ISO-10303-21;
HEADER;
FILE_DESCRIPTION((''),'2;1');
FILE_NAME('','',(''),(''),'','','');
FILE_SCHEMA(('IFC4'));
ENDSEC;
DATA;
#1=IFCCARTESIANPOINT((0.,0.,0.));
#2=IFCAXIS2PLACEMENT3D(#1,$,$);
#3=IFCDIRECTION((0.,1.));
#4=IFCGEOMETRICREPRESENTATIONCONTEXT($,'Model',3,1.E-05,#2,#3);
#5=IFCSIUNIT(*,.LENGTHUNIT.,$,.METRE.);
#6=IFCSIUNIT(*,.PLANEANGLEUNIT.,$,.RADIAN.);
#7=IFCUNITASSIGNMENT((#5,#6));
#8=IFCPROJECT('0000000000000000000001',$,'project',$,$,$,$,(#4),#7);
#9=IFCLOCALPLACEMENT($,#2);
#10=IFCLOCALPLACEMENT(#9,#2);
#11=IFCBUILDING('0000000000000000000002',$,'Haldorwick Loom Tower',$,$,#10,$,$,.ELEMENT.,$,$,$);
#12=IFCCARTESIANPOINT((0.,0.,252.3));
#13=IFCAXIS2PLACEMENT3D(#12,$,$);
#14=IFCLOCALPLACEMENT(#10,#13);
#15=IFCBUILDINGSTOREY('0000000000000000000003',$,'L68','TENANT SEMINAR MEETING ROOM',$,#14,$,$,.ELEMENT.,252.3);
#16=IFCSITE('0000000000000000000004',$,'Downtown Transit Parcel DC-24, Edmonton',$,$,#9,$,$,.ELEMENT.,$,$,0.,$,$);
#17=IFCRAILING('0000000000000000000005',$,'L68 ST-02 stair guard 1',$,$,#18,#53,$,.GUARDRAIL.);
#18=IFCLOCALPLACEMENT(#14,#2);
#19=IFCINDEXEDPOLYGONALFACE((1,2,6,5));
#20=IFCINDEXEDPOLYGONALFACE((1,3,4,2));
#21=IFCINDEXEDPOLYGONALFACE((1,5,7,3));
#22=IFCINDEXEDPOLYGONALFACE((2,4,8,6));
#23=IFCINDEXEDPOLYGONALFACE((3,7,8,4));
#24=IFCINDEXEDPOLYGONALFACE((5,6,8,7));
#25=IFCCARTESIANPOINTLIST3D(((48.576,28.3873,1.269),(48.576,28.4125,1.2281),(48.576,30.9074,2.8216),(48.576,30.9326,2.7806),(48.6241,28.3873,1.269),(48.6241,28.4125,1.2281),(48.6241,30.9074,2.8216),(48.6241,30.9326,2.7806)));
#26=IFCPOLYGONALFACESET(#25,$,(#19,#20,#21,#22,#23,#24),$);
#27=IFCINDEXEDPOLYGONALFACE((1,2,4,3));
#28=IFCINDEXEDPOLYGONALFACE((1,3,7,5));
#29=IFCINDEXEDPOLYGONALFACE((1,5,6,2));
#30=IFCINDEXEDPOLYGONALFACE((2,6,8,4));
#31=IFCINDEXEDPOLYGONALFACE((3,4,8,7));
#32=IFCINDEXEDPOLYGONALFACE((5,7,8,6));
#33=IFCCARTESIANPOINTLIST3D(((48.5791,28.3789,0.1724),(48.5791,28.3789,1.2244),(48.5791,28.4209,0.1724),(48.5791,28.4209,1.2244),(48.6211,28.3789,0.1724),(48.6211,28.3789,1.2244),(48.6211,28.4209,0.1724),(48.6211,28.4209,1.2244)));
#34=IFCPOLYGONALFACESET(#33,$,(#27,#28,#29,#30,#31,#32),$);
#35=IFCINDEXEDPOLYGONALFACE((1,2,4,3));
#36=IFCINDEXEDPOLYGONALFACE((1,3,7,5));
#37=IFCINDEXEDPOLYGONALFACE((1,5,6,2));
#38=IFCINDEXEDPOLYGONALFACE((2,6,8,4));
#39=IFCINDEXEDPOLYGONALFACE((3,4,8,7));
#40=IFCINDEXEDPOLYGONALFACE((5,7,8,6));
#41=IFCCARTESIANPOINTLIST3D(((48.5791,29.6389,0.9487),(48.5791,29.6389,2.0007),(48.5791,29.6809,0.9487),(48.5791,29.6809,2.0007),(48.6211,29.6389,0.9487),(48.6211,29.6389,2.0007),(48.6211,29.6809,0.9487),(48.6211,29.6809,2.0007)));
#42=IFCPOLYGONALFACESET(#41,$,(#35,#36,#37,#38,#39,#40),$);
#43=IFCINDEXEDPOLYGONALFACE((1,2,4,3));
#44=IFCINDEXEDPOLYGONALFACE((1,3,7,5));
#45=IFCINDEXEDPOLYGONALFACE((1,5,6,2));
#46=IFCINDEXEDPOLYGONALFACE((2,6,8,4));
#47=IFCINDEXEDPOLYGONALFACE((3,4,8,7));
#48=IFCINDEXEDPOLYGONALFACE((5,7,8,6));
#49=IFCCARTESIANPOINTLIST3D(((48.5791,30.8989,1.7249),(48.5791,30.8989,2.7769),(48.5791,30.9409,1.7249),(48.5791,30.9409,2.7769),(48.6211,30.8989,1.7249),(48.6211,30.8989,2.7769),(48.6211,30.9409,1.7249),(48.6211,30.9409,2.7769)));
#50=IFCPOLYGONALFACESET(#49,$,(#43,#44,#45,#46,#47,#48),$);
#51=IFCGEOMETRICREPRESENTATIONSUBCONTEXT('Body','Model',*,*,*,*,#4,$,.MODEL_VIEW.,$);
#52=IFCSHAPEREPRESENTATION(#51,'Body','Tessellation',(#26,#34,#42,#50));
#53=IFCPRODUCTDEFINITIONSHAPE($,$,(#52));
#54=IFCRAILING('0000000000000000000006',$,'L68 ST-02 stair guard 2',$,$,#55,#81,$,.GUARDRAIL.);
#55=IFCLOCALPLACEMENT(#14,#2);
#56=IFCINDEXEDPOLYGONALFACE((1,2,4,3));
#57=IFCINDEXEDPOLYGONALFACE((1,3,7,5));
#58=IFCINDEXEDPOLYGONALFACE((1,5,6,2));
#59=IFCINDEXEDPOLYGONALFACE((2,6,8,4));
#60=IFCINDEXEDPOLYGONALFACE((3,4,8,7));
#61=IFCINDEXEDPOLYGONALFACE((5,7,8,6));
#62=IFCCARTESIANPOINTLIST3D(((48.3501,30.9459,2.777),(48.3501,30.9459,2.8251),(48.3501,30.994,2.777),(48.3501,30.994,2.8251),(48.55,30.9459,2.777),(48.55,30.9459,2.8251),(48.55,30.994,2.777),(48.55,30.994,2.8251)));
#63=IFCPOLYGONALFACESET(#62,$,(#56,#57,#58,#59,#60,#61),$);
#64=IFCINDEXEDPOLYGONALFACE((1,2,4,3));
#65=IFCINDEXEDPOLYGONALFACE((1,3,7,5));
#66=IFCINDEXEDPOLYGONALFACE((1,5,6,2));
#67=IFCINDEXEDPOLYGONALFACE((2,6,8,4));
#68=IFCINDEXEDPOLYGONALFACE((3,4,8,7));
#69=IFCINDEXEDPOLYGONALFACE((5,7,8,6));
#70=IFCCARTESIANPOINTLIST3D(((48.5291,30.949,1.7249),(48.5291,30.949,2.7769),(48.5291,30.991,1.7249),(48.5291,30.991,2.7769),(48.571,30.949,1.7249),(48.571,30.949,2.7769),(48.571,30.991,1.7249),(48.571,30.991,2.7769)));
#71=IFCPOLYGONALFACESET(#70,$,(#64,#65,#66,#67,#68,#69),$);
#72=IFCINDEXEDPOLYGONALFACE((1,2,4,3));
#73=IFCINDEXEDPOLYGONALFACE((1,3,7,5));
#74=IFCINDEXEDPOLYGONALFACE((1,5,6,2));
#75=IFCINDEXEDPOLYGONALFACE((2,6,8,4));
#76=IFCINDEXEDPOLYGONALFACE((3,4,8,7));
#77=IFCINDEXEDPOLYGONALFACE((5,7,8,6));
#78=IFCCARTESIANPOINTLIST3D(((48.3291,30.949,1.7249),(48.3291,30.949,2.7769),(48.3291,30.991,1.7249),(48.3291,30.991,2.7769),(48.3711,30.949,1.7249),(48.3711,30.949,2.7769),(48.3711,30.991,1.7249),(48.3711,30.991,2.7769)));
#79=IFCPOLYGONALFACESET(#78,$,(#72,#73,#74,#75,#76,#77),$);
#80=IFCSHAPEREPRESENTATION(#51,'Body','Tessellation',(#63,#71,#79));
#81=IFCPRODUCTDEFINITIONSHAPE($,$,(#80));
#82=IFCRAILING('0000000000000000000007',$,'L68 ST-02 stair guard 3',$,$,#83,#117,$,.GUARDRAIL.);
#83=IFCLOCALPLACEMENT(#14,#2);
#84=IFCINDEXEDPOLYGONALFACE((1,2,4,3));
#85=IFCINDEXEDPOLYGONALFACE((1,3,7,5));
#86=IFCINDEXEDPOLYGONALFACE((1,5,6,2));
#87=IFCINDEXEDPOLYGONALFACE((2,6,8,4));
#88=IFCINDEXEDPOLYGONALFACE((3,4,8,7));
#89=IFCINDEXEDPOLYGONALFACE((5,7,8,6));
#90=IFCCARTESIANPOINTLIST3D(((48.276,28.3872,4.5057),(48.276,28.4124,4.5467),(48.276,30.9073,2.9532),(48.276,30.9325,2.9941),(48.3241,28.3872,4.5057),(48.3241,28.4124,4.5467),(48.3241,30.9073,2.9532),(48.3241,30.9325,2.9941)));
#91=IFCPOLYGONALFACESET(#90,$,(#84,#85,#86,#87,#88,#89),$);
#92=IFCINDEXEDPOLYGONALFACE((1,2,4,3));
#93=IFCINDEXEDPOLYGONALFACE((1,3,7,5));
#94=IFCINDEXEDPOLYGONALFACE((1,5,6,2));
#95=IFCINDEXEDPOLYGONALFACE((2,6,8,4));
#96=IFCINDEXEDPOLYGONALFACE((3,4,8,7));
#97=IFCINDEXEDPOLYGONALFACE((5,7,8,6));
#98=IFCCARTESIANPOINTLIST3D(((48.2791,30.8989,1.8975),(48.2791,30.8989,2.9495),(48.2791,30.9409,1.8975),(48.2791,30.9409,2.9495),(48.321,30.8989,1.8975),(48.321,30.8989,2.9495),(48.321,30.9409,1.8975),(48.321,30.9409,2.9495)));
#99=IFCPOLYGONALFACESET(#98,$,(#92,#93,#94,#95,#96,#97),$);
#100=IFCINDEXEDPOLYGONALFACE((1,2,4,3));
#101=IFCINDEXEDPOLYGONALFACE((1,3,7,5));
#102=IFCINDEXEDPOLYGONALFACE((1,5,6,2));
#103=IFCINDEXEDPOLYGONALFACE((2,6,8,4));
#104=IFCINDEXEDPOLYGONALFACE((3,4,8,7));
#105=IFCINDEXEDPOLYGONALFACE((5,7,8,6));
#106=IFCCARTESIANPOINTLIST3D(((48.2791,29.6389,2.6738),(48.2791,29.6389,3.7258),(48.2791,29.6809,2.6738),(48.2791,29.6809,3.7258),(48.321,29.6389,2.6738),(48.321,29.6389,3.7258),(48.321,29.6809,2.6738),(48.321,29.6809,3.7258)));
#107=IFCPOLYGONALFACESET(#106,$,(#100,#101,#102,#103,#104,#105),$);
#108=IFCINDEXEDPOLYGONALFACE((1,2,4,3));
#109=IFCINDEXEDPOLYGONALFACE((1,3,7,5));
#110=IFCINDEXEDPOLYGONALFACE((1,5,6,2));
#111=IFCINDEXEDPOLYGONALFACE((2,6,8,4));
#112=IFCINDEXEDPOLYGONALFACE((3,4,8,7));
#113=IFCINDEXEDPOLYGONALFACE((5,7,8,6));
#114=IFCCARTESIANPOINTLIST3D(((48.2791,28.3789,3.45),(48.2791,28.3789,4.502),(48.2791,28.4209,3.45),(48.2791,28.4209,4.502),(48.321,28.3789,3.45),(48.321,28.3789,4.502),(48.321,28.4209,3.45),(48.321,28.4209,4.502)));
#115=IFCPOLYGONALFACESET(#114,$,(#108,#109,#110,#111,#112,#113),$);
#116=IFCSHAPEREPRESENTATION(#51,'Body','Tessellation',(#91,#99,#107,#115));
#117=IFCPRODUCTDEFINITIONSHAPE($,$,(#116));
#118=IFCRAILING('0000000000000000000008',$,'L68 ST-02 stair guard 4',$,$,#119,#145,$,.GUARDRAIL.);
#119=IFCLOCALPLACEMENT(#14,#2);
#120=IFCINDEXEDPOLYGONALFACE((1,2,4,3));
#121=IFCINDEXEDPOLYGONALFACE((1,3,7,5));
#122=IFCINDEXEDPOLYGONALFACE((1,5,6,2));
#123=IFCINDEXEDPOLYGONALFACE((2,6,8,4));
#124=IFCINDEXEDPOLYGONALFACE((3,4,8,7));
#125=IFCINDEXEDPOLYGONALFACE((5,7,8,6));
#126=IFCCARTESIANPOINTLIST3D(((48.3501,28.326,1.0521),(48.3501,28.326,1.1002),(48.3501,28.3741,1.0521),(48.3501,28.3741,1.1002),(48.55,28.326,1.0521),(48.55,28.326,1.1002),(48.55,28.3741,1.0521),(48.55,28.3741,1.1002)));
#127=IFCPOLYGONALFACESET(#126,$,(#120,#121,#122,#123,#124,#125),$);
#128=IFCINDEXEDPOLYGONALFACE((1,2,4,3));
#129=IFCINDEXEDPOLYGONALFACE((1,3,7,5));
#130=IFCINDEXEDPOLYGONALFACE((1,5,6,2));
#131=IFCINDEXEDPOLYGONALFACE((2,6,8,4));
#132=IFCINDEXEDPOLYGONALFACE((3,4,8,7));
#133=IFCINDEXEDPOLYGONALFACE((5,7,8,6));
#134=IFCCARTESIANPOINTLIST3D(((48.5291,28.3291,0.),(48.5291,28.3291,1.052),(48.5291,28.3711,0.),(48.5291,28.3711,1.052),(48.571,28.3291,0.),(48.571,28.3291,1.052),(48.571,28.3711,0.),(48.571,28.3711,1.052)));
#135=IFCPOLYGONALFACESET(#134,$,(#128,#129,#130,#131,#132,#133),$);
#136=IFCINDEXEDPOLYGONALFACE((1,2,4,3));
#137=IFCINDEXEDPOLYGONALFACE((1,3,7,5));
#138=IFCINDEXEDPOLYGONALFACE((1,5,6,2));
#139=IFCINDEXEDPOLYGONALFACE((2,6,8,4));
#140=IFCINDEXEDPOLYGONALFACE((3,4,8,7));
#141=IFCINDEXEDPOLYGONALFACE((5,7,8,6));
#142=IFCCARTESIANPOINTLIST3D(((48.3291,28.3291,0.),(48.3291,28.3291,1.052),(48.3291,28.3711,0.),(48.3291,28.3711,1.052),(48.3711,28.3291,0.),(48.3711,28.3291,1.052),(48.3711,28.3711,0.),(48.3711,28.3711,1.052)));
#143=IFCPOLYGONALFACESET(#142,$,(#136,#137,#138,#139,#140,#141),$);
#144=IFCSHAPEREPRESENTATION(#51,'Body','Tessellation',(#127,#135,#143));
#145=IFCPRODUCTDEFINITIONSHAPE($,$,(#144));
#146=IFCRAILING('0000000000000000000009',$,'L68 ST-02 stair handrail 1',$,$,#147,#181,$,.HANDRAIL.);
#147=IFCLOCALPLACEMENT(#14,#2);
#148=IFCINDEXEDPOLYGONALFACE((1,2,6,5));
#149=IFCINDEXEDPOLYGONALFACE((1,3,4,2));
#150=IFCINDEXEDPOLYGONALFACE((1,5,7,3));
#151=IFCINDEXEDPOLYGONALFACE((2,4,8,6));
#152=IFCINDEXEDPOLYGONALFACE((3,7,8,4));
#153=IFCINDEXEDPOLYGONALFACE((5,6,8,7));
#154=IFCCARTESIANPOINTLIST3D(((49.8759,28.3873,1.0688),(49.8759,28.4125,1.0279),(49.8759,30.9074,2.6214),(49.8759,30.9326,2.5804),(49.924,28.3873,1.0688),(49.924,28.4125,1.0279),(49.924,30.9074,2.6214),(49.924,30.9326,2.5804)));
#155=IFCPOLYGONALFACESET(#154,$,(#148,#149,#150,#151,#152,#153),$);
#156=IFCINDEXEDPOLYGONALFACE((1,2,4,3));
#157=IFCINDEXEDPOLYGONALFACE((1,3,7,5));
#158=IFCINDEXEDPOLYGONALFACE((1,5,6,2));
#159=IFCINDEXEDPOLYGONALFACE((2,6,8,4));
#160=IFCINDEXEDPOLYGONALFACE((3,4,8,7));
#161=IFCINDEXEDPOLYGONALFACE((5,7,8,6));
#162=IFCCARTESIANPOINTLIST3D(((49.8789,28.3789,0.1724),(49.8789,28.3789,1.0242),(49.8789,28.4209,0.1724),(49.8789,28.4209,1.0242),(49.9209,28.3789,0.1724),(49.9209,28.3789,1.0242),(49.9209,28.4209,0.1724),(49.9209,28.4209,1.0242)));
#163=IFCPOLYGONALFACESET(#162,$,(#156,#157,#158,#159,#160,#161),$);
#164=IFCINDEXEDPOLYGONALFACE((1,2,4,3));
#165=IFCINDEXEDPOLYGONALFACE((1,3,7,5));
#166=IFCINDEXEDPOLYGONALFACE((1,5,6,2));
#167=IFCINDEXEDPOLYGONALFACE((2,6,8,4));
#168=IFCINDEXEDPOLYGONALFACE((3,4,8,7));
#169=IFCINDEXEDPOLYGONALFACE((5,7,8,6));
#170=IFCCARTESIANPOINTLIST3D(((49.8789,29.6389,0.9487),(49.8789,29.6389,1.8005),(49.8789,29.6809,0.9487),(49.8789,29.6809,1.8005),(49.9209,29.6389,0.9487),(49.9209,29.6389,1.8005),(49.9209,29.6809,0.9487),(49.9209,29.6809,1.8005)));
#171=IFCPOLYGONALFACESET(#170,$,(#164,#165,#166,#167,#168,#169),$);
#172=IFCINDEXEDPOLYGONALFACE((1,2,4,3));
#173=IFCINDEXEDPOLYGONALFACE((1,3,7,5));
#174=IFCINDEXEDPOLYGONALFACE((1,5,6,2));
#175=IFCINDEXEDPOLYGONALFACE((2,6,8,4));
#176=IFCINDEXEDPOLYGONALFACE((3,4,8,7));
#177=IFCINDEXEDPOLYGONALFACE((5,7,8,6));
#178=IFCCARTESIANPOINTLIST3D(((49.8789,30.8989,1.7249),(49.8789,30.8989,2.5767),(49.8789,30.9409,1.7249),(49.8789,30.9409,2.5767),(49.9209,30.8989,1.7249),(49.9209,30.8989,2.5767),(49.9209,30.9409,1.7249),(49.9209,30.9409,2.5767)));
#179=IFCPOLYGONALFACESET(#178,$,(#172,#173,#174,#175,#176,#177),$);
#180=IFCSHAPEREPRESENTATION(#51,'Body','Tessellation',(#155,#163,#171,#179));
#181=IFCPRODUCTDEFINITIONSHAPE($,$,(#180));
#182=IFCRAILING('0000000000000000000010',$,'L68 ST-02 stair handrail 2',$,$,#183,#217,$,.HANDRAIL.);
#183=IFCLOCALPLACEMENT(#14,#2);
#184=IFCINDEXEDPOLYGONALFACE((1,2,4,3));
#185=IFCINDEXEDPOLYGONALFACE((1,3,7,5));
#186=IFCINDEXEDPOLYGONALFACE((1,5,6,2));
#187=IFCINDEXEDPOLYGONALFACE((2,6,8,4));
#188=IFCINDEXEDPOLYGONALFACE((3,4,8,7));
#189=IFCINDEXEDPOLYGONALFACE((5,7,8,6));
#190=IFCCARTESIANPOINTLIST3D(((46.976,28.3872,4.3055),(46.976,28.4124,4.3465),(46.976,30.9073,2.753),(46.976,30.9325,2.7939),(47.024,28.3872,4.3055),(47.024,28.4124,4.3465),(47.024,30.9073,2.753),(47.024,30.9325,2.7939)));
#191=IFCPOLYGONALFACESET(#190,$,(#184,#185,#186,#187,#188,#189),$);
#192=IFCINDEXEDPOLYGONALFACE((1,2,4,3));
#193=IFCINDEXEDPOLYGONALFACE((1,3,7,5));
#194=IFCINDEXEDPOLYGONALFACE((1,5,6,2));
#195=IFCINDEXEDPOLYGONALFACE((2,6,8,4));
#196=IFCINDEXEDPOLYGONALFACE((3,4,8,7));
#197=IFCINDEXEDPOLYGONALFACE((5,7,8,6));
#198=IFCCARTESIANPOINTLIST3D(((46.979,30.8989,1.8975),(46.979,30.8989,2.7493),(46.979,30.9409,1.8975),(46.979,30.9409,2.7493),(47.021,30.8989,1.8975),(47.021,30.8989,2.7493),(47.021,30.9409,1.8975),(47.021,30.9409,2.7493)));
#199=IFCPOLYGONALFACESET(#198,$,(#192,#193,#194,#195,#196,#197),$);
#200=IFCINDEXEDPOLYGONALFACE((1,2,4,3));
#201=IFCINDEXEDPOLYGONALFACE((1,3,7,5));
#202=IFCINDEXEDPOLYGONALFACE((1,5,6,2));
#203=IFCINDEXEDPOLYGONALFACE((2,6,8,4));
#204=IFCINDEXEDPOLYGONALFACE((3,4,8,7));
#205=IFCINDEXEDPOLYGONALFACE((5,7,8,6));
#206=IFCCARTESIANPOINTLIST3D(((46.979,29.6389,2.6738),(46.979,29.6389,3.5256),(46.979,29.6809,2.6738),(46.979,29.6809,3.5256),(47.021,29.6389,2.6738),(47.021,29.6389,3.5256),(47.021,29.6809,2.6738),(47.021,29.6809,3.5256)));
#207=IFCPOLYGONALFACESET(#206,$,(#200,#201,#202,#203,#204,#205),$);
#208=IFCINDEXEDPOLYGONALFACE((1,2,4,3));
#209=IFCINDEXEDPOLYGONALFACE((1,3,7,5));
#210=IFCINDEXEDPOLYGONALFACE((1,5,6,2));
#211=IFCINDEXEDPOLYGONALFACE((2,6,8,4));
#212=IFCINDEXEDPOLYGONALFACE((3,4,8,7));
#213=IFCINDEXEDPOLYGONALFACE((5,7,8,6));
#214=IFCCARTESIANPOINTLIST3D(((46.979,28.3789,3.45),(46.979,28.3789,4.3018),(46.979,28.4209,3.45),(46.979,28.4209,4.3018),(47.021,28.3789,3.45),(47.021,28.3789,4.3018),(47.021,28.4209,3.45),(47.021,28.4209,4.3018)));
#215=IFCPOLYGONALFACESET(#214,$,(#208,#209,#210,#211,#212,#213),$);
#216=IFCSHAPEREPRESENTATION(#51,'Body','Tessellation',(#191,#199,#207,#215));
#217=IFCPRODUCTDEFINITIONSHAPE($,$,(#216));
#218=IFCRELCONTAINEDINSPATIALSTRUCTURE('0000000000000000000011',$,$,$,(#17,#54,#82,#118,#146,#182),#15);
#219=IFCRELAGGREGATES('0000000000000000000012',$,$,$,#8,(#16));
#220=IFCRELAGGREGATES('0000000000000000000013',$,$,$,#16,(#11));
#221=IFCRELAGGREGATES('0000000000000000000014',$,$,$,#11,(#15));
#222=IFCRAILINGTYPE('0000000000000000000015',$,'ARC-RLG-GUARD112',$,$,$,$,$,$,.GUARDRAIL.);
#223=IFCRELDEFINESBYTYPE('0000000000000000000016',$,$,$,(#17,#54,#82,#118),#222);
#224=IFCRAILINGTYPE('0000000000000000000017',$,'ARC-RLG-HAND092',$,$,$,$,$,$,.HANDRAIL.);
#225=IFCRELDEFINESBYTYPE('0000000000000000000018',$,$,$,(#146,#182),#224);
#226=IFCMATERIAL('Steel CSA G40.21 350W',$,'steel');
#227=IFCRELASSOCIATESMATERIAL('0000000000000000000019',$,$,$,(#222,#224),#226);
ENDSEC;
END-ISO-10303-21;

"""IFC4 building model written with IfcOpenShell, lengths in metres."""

from ifc_helpers import new_model, si_unit, direction, frame, origin, origin_2d, place, context, subcontext, project, spatial, rectangle, extrude, material, type_object, element, save


model = new_model("IFC4")

# Units and contexts
model_context = context("Model", 3, precision=1e-05, world=origin(), true_north=direction((0.0, 1.0)))
body_context = subcontext(model_context, "Body", "Model", "MODEL_VIEW")
ifc_project = project(units=[si_unit("LENGTHUNIT", "METRE"), si_unit("PLANEANGLEUNIT", "RADIAN")], contexts=[model_context])

# Site, building, storey
site_placement = place(None, origin())
site = spatial("IfcSite", under=ifc_project, at=site_placement, Name="Downtown Transit Parcel DC-24, Edmonton", CompositionType="ELEMENT", RefElevation=0.0)
building_placement = place(site_placement, origin())
building = spatial("IfcBuilding", under=site, at=building_placement, Name="Haldorwick Loom Tower", CompositionType="ELEMENT")
storey_placement = place(building_placement, frame((0.0, 0.0, 252.3)))
storey = spatial("IfcBuildingStorey", under=building, at=storey_placement, Name="L68", Description="TENANT SEMINAR MEETING ROOM", CompositionType="ELEMENT", Elevation=252.3)

# Shared definitions
ifc_material_1 = material(Name="Steel CSA G40.21 350W", Category="steel")

# Railings
railing_type_1 = type_object("IfcRailingType", Name="ARC-RLG-GUARD112", PredefinedType="GUARDRAIL", material=ifc_material_1)
railing_1_placement = place(storey_placement, frame((48.6001, 28.3999, 0.1724)))
element("IfcRailing", 1, at=railing_1_placement, inside=storey, type_object=railing_type_1, Name="L68 ST-02 stair guard 1", PredefinedType="GUARDRAIL", context=body_context, shape_type="SweptSolid", body=[
    extrude(rectangle(XDim=0.0481, YDim=0.0481, at=origin_2d()), frame((0.0, 0.0, 1.0762), z_axis=(0.0, 0.8514, 0.524516), x_axis=(-1.0, 0.0, 0.0)), (0.0, 0.0, 1.0), 2.96),
    extrude(rectangle(XDim=0.042, YDim=0.042, at=origin_2d()), origin(), (0.0, 0.0, 1.0), 1.052),
    extrude(rectangle(XDim=0.042, YDim=0.042, at=origin_2d()), frame((0.0, 1.26, 0.7764)), (0.0, 0.0, 1.0), 1.052),
    extrude(rectangle(XDim=0.042, YDim=0.042, at=origin_2d()), frame((0.0, 2.52, 1.5525)), (0.0, 0.0, 1.0), 1.052),
])
railing_2_placement = place(storey_placement, frame((48.55, 30.97, 1.7249)))
element("IfcRailing", 2, at=railing_2_placement, inside=storey, type_object=railing_type_1, Name="L68 ST-02 stair guard 2", PredefinedType="GUARDRAIL", context=body_context, shape_type="SweptSolid", body=[
    extrude(rectangle(XDim=0.0481, YDim=0.0481, at=origin_2d()), frame((0.0, 0.0, 1.0762), z_axis=(-1.0, 0.0, 0.0), x_axis=(0.0, -1.0, 0.0)), (0.0, 0.0, 1.0), 0.2),
    extrude(rectangle(XDim=0.042, YDim=0.042, at=origin_2d()), origin(), (0.0, 0.0, 1.0), 1.052),
    extrude(rectangle(XDim=0.042, YDim=0.042, at=origin_2d()), frame((-0.2, 0.0, 0.0)), (0.0, 0.0, 1.0), 1.052),
])
railing_3_placement = place(storey_placement, frame((48.3, 30.9199, 1.8975)))
element("IfcRailing", 3, at=railing_3_placement, inside=storey, type_object=railing_type_1, Name="L68 ST-02 stair guard 3", PredefinedType="GUARDRAIL", context=body_context, shape_type="SweptSolid", body=[
    extrude(rectangle(XDim=0.0481, YDim=0.0481, at=origin_2d()), frame((0.0, 0.0, 1.0762), z_axis=(0.0, -0.8514, 0.524516), x_axis=(1.0, 0.0, 0.0)), (0.0, 0.0, 1.0), 2.96),
    extrude(rectangle(XDim=0.042, YDim=0.042, at=origin_2d()), origin(), (0.0, 0.0, 1.0), 1.052),
    extrude(rectangle(XDim=0.042, YDim=0.042, at=origin_2d()), frame((0.0, -1.26, 0.7764)), (0.0, 0.0, 1.0), 1.052),
    extrude(rectangle(XDim=0.042, YDim=0.042, at=origin_2d()), frame((0.0, -2.52, 1.5525)), (0.0, 0.0, 1.0), 1.052),
])
railing_4_placement = place(storey_placement, frame((48.55, 28.3501, 0.0)))
element("IfcRailing", 4, at=railing_4_placement, inside=storey, type_object=railing_type_1, Name="L68 ST-02 stair guard 4", PredefinedType="GUARDRAIL", context=body_context, shape_type="SweptSolid", body=[
    extrude(rectangle(XDim=0.0481, YDim=0.0481, at=origin_2d()), frame((0.0, 0.0, 1.0762), z_axis=(-1.0, 0.0, 0.0), x_axis=(0.0, -1.0, 0.0)), (0.0, 0.0, 1.0), 0.2),
    extrude(rectangle(XDim=0.042, YDim=0.042, at=origin_2d()), origin(), (0.0, 0.0, 1.0), 1.052),
    extrude(rectangle(XDim=0.042, YDim=0.042, at=origin_2d()), frame((-0.2, 0.0, 0.0)), (0.0, 0.0, 1.0), 1.052),
])
railing_type_2 = type_object("IfcRailingType", Name="ARC-RLG-HAND092", PredefinedType="HANDRAIL", material=ifc_material_1)
railing_5_placement = place(storey_placement, frame((49.8999, 28.3999, 0.1724)))
element("IfcRailing", 5, at=railing_5_placement, inside=storey, type_object=railing_type_2, Name="L68 ST-02 stair handrail 1", PredefinedType="HANDRAIL", context=body_context, shape_type="SweptSolid", body=[
    extrude(rectangle(XDim=0.0481, YDim=0.0481, at=origin_2d()), frame((0.0, 0.0, 0.876), z_axis=(0.0, 0.8514, 0.524516), x_axis=(-1.0, 0.0, 0.0)), (0.0, 0.0, 1.0), 2.96),
    extrude(rectangle(XDim=0.042, YDim=0.042, at=origin_2d()), origin(), (0.0, 0.0, 1.0), 0.8518),
    extrude(rectangle(XDim=0.042, YDim=0.042, at=origin_2d()), frame((0.0, 1.26, 0.7764)), (0.0, 0.0, 1.0), 0.8518),
    extrude(rectangle(XDim=0.042, YDim=0.042, at=origin_2d()), frame((0.0, 2.52, 1.5525)), (0.0, 0.0, 1.0), 0.8518),
])
railing_6_placement = place(storey_placement, frame((47.0, 30.9199, 1.8975)))
element("IfcRailing", 6, at=railing_6_placement, inside=storey, type_object=railing_type_2, Name="L68 ST-02 stair handrail 2", PredefinedType="HANDRAIL", context=body_context, shape_type="SweptSolid", body=[
    extrude(rectangle(XDim=0.0481, YDim=0.0481, at=origin_2d()), frame((0.0, 0.0, 0.876), z_axis=(0.0, -0.8514, 0.524516), x_axis=(1.0, 0.0, 0.0)), (0.0, 0.0, 1.0), 2.96),
    extrude(rectangle(XDim=0.042, YDim=0.042, at=origin_2d()), origin(), (0.0, 0.0, 1.0), 0.8518),
    extrude(rectangle(XDim=0.042, YDim=0.042, at=origin_2d()), frame((0.0, -1.26, 0.7764)), (0.0, 0.0, 1.0), 0.8518),
    extrude(rectangle(XDim=0.042, YDim=0.042, at=origin_2d()), frame((0.0, -2.52, 1.5525)), (0.0, 0.0, 1.0), 0.8518),
])

save(model, "model.ifc")
